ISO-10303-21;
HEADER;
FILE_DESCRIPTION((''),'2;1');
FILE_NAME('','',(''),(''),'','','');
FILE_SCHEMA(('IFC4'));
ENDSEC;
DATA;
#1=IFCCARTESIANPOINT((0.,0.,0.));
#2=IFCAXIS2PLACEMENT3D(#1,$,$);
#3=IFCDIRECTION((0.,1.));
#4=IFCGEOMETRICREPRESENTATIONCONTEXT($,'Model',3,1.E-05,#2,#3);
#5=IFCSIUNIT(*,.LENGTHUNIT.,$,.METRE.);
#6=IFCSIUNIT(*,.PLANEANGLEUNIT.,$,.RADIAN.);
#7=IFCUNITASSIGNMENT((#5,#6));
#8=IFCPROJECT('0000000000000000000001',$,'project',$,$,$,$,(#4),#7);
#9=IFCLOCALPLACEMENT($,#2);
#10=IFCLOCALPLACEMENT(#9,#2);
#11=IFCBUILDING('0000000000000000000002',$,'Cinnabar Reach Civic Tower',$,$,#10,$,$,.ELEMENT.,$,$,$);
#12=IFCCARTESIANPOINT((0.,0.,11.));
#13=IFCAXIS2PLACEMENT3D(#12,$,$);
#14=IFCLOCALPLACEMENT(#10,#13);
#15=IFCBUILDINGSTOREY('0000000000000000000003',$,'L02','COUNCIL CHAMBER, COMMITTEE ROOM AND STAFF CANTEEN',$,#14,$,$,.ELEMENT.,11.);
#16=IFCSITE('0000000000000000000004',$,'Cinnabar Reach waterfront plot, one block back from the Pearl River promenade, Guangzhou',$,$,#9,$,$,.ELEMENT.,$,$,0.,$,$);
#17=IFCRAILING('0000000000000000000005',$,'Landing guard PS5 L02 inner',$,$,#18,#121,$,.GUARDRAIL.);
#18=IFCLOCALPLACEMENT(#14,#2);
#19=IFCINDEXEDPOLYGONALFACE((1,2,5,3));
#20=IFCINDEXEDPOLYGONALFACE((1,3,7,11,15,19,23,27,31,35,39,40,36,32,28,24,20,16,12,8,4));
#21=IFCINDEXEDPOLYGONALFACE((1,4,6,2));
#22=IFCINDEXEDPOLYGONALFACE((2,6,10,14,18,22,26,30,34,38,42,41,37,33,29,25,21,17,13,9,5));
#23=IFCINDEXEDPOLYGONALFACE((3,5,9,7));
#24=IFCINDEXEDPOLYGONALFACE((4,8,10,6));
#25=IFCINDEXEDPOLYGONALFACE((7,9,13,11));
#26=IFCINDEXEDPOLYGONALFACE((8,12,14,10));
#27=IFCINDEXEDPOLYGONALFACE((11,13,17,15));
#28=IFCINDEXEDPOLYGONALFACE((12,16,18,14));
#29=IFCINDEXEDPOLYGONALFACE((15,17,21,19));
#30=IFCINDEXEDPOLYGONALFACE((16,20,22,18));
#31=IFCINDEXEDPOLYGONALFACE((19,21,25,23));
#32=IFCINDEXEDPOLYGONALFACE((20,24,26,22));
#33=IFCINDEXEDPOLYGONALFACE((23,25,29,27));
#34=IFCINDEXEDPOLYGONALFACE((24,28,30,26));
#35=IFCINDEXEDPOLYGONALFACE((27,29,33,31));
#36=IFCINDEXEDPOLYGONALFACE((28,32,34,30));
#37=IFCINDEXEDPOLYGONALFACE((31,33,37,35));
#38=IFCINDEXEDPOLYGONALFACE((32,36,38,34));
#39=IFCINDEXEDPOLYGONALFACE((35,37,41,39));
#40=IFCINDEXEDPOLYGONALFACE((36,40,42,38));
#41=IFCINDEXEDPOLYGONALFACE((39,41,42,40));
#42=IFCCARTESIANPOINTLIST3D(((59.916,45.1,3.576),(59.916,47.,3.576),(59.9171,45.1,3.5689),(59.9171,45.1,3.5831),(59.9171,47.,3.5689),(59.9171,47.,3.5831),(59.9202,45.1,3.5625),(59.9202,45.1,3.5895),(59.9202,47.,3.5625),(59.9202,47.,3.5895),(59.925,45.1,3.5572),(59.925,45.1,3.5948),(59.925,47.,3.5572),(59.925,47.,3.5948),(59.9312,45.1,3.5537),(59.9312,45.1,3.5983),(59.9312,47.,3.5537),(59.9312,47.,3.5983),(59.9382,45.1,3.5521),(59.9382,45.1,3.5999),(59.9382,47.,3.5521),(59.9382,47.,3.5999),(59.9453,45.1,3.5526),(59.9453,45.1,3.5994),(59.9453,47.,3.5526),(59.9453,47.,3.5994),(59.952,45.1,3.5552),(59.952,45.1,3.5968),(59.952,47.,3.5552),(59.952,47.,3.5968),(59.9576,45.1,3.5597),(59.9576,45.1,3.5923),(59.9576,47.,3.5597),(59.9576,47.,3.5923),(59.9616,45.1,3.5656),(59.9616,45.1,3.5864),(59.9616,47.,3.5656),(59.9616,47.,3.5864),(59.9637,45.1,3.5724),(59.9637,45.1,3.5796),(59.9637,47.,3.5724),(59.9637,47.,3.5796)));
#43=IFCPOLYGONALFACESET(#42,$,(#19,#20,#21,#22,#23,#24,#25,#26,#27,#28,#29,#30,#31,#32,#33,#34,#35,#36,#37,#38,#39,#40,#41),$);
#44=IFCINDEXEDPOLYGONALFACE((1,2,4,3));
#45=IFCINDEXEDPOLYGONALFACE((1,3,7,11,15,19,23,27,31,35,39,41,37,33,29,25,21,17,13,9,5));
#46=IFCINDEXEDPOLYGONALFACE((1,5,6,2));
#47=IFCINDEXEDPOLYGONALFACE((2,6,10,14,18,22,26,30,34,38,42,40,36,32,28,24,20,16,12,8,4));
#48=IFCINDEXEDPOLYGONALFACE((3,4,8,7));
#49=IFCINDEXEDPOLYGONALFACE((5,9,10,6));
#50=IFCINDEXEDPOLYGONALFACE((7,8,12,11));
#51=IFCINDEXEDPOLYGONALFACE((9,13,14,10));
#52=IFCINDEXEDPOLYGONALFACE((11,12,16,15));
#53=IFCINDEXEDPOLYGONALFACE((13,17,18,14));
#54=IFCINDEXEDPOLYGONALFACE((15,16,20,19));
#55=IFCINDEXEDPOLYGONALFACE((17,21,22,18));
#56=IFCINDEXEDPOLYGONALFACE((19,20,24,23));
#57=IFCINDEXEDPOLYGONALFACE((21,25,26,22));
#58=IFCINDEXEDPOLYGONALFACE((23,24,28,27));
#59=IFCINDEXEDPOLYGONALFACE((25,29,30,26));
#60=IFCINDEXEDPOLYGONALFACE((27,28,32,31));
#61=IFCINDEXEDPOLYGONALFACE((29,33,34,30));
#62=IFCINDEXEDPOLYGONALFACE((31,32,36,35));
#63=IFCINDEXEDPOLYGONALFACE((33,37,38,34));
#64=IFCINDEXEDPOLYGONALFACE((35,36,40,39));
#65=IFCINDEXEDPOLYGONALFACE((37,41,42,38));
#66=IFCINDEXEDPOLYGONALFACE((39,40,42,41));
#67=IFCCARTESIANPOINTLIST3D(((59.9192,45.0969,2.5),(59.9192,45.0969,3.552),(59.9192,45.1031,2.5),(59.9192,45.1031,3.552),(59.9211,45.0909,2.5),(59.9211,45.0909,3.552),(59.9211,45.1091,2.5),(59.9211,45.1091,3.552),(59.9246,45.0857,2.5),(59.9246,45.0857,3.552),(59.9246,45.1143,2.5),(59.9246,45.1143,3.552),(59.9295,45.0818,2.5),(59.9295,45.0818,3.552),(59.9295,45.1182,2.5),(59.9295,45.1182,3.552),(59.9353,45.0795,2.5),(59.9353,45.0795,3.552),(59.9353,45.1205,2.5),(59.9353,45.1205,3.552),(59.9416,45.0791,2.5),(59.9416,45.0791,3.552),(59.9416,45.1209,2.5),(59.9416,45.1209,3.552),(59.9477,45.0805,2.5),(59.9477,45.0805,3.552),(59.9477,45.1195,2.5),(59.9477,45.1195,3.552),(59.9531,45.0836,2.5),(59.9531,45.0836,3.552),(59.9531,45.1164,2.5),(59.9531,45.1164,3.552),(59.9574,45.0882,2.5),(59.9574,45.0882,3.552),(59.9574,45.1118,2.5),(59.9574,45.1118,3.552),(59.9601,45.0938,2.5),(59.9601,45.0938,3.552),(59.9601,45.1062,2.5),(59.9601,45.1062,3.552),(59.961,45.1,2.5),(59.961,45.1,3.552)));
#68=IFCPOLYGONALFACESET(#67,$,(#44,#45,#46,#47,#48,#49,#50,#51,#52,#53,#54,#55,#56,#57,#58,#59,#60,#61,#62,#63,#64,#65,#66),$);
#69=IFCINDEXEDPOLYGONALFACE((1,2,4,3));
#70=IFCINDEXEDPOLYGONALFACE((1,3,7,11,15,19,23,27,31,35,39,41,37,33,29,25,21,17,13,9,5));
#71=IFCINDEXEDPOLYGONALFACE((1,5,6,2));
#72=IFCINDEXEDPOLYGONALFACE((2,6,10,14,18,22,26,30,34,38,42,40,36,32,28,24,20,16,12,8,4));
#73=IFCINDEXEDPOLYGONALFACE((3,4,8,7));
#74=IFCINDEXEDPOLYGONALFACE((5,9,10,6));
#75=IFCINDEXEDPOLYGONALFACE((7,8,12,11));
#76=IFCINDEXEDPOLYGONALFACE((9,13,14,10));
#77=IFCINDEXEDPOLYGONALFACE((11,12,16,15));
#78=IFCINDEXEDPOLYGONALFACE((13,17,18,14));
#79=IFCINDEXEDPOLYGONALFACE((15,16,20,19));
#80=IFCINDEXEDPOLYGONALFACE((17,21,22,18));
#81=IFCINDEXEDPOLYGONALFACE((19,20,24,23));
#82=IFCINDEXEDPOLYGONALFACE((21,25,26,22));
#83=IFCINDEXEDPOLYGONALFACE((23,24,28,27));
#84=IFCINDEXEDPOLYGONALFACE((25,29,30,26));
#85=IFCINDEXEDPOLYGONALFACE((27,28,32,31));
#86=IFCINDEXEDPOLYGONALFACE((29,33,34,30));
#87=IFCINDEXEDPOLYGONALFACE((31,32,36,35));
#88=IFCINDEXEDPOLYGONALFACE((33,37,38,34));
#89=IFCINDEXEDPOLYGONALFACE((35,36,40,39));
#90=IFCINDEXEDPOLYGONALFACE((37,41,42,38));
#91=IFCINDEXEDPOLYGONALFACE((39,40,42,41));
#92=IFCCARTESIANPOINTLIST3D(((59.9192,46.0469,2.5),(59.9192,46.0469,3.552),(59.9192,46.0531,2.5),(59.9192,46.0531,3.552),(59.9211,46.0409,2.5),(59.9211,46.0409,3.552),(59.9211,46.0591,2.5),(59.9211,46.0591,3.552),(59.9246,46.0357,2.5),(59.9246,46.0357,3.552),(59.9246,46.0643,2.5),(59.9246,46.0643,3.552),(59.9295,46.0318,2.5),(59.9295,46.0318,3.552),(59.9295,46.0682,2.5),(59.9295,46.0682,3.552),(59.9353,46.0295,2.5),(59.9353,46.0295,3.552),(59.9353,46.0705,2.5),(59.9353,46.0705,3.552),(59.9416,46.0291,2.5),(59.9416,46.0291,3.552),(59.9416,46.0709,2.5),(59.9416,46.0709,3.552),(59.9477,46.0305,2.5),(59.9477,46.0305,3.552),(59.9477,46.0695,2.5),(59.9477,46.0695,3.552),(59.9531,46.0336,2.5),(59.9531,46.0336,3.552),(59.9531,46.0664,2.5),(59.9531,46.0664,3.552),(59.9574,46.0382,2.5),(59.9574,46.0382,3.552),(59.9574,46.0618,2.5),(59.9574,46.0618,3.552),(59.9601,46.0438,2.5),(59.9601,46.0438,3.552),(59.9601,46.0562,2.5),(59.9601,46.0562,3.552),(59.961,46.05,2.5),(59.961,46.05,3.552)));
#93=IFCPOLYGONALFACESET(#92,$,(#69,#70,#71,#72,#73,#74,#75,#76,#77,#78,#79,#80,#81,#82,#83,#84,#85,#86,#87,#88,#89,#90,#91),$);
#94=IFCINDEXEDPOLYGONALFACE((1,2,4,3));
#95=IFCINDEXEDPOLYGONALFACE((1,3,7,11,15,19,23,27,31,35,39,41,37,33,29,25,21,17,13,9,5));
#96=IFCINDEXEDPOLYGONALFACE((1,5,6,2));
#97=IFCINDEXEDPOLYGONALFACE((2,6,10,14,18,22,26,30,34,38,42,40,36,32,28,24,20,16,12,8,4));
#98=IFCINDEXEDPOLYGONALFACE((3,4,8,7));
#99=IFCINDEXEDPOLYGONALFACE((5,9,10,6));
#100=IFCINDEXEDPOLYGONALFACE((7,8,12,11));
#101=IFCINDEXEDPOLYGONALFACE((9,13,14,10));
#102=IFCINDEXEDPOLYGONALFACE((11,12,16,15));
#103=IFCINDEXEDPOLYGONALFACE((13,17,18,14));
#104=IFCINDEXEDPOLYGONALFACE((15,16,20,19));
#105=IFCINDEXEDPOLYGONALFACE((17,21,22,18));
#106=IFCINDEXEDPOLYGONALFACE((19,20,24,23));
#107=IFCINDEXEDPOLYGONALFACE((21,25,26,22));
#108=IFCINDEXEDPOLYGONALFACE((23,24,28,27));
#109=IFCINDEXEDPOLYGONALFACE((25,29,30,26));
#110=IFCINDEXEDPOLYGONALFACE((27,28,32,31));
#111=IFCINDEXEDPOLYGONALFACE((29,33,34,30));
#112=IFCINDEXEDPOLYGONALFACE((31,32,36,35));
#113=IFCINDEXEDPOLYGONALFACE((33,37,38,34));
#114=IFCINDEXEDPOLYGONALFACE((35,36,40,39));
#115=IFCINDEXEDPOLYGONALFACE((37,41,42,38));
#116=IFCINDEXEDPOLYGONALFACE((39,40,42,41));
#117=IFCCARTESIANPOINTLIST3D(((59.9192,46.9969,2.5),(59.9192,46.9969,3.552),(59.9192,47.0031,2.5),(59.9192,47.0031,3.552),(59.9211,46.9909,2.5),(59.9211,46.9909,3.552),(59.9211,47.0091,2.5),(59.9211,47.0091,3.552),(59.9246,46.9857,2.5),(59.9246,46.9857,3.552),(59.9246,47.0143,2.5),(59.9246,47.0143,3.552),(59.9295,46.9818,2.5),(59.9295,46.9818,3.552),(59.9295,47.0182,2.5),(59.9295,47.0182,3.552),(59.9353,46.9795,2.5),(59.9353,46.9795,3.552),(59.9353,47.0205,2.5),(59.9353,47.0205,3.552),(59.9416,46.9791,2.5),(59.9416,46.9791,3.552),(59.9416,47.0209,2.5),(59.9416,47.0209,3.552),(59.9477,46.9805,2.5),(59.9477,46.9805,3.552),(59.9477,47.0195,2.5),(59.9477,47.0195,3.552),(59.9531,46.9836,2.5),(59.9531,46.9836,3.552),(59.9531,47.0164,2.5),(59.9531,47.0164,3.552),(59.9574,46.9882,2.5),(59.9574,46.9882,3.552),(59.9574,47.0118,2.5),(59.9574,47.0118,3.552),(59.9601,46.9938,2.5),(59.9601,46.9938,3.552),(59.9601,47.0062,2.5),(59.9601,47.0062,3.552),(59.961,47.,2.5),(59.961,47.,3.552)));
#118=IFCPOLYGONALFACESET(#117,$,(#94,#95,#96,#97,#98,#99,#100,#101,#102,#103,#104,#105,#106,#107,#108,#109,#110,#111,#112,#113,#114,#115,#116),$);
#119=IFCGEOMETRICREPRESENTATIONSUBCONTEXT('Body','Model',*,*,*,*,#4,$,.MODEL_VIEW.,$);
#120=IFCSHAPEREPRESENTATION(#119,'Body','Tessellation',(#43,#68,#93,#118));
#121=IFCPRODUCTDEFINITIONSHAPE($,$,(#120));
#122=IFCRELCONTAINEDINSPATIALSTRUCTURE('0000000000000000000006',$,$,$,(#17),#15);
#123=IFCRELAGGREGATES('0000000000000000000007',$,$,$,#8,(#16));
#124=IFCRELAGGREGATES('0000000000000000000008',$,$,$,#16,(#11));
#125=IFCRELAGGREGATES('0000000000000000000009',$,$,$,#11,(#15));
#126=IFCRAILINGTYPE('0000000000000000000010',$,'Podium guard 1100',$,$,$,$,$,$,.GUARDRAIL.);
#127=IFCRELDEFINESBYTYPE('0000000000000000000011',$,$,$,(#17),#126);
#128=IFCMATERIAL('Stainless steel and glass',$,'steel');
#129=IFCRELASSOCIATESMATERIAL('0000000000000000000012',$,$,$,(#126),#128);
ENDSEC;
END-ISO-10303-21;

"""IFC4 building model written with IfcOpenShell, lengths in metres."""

from ifc_helpers import new_model, si_unit, direction, frame, origin, origin_2d, place, context, subcontext, project, spatial, circle, extrude, material, type_object, element, save


model = new_model("IFC4")

# Units and contexts
model_context = context("Model", 3, precision=1e-05, world=origin(), true_north=direction((0.0, 1.0)))
body_context = subcontext(model_context, "Body", "Model", "MODEL_VIEW")
ifc_project = project(units=[si_unit("LENGTHUNIT", "METRE"), si_unit("PLANEANGLEUNIT", "RADIAN")], contexts=[model_context])

# Site, building, storey
site_placement = place(None, origin())
site = spatial("IfcSite", under=ifc_project, at=site_placement, Name="Cinnabar Reach waterfront plot, one block back from the Pearl River promenade, Guangzhou", CompositionType="ELEMENT", RefElevation=0.0)
building_placement = place(site_placement, origin())
building = spatial("IfcBuilding", under=site, at=building_placement, Name="Cinnabar Reach Civic Tower", CompositionType="ELEMENT")
storey_placement = place(building_placement, frame((0.0, 0.0, 11.0)))
storey = spatial("IfcBuildingStorey", under=building, at=storey_placement, Name="L02", Description="COUNCIL CHAMBER, COMMITTEE ROOM AND STAFF CANTEEN", CompositionType="ELEMENT", Elevation=11.0)

# Railing
ifc_material_1 = material(Name="Stainless steel and glass", Category="steel")
railing_type_1 = type_object("IfcRailingType", Name="Podium guard 1100", PredefinedType="GUARDRAIL", material=ifc_material_1)
railing_1_placement = place(storey_placement, frame((59.94, 45.1, 2.5)))
element("IfcRailing", 1, at=railing_1_placement, inside=storey, type_object=railing_type_1, Name="Landing guard PS5 L02 inner", PredefinedType="GUARDRAIL", context=body_context, shape_type="SweptSolid", body=[
    extrude(circle(Radius=0.024, at=origin_2d()), frame((0.0, 0.0, 1.076), z_axis=(0.0, 1.0, 0.0), x_axis=(-1.0, 0.0, 0.0)), (0.0, 0.0, 1.0), 1.9),
    extrude(circle(Radius=0.021, at=origin_2d()), origin(), (0.0, 0.0, 1.0), 1.052),
    extrude(circle(Radius=0.021, at=origin_2d()), frame((0.0, 0.95, 0.0)), (0.0, 0.0, 1.0), 1.052),
    extrude(circle(Radius=0.021, at=origin_2d()), frame((0.0, 1.9, 0.0)), (0.0, 0.0, 1.0), 1.052),
])

save(model, "model.ifc")
